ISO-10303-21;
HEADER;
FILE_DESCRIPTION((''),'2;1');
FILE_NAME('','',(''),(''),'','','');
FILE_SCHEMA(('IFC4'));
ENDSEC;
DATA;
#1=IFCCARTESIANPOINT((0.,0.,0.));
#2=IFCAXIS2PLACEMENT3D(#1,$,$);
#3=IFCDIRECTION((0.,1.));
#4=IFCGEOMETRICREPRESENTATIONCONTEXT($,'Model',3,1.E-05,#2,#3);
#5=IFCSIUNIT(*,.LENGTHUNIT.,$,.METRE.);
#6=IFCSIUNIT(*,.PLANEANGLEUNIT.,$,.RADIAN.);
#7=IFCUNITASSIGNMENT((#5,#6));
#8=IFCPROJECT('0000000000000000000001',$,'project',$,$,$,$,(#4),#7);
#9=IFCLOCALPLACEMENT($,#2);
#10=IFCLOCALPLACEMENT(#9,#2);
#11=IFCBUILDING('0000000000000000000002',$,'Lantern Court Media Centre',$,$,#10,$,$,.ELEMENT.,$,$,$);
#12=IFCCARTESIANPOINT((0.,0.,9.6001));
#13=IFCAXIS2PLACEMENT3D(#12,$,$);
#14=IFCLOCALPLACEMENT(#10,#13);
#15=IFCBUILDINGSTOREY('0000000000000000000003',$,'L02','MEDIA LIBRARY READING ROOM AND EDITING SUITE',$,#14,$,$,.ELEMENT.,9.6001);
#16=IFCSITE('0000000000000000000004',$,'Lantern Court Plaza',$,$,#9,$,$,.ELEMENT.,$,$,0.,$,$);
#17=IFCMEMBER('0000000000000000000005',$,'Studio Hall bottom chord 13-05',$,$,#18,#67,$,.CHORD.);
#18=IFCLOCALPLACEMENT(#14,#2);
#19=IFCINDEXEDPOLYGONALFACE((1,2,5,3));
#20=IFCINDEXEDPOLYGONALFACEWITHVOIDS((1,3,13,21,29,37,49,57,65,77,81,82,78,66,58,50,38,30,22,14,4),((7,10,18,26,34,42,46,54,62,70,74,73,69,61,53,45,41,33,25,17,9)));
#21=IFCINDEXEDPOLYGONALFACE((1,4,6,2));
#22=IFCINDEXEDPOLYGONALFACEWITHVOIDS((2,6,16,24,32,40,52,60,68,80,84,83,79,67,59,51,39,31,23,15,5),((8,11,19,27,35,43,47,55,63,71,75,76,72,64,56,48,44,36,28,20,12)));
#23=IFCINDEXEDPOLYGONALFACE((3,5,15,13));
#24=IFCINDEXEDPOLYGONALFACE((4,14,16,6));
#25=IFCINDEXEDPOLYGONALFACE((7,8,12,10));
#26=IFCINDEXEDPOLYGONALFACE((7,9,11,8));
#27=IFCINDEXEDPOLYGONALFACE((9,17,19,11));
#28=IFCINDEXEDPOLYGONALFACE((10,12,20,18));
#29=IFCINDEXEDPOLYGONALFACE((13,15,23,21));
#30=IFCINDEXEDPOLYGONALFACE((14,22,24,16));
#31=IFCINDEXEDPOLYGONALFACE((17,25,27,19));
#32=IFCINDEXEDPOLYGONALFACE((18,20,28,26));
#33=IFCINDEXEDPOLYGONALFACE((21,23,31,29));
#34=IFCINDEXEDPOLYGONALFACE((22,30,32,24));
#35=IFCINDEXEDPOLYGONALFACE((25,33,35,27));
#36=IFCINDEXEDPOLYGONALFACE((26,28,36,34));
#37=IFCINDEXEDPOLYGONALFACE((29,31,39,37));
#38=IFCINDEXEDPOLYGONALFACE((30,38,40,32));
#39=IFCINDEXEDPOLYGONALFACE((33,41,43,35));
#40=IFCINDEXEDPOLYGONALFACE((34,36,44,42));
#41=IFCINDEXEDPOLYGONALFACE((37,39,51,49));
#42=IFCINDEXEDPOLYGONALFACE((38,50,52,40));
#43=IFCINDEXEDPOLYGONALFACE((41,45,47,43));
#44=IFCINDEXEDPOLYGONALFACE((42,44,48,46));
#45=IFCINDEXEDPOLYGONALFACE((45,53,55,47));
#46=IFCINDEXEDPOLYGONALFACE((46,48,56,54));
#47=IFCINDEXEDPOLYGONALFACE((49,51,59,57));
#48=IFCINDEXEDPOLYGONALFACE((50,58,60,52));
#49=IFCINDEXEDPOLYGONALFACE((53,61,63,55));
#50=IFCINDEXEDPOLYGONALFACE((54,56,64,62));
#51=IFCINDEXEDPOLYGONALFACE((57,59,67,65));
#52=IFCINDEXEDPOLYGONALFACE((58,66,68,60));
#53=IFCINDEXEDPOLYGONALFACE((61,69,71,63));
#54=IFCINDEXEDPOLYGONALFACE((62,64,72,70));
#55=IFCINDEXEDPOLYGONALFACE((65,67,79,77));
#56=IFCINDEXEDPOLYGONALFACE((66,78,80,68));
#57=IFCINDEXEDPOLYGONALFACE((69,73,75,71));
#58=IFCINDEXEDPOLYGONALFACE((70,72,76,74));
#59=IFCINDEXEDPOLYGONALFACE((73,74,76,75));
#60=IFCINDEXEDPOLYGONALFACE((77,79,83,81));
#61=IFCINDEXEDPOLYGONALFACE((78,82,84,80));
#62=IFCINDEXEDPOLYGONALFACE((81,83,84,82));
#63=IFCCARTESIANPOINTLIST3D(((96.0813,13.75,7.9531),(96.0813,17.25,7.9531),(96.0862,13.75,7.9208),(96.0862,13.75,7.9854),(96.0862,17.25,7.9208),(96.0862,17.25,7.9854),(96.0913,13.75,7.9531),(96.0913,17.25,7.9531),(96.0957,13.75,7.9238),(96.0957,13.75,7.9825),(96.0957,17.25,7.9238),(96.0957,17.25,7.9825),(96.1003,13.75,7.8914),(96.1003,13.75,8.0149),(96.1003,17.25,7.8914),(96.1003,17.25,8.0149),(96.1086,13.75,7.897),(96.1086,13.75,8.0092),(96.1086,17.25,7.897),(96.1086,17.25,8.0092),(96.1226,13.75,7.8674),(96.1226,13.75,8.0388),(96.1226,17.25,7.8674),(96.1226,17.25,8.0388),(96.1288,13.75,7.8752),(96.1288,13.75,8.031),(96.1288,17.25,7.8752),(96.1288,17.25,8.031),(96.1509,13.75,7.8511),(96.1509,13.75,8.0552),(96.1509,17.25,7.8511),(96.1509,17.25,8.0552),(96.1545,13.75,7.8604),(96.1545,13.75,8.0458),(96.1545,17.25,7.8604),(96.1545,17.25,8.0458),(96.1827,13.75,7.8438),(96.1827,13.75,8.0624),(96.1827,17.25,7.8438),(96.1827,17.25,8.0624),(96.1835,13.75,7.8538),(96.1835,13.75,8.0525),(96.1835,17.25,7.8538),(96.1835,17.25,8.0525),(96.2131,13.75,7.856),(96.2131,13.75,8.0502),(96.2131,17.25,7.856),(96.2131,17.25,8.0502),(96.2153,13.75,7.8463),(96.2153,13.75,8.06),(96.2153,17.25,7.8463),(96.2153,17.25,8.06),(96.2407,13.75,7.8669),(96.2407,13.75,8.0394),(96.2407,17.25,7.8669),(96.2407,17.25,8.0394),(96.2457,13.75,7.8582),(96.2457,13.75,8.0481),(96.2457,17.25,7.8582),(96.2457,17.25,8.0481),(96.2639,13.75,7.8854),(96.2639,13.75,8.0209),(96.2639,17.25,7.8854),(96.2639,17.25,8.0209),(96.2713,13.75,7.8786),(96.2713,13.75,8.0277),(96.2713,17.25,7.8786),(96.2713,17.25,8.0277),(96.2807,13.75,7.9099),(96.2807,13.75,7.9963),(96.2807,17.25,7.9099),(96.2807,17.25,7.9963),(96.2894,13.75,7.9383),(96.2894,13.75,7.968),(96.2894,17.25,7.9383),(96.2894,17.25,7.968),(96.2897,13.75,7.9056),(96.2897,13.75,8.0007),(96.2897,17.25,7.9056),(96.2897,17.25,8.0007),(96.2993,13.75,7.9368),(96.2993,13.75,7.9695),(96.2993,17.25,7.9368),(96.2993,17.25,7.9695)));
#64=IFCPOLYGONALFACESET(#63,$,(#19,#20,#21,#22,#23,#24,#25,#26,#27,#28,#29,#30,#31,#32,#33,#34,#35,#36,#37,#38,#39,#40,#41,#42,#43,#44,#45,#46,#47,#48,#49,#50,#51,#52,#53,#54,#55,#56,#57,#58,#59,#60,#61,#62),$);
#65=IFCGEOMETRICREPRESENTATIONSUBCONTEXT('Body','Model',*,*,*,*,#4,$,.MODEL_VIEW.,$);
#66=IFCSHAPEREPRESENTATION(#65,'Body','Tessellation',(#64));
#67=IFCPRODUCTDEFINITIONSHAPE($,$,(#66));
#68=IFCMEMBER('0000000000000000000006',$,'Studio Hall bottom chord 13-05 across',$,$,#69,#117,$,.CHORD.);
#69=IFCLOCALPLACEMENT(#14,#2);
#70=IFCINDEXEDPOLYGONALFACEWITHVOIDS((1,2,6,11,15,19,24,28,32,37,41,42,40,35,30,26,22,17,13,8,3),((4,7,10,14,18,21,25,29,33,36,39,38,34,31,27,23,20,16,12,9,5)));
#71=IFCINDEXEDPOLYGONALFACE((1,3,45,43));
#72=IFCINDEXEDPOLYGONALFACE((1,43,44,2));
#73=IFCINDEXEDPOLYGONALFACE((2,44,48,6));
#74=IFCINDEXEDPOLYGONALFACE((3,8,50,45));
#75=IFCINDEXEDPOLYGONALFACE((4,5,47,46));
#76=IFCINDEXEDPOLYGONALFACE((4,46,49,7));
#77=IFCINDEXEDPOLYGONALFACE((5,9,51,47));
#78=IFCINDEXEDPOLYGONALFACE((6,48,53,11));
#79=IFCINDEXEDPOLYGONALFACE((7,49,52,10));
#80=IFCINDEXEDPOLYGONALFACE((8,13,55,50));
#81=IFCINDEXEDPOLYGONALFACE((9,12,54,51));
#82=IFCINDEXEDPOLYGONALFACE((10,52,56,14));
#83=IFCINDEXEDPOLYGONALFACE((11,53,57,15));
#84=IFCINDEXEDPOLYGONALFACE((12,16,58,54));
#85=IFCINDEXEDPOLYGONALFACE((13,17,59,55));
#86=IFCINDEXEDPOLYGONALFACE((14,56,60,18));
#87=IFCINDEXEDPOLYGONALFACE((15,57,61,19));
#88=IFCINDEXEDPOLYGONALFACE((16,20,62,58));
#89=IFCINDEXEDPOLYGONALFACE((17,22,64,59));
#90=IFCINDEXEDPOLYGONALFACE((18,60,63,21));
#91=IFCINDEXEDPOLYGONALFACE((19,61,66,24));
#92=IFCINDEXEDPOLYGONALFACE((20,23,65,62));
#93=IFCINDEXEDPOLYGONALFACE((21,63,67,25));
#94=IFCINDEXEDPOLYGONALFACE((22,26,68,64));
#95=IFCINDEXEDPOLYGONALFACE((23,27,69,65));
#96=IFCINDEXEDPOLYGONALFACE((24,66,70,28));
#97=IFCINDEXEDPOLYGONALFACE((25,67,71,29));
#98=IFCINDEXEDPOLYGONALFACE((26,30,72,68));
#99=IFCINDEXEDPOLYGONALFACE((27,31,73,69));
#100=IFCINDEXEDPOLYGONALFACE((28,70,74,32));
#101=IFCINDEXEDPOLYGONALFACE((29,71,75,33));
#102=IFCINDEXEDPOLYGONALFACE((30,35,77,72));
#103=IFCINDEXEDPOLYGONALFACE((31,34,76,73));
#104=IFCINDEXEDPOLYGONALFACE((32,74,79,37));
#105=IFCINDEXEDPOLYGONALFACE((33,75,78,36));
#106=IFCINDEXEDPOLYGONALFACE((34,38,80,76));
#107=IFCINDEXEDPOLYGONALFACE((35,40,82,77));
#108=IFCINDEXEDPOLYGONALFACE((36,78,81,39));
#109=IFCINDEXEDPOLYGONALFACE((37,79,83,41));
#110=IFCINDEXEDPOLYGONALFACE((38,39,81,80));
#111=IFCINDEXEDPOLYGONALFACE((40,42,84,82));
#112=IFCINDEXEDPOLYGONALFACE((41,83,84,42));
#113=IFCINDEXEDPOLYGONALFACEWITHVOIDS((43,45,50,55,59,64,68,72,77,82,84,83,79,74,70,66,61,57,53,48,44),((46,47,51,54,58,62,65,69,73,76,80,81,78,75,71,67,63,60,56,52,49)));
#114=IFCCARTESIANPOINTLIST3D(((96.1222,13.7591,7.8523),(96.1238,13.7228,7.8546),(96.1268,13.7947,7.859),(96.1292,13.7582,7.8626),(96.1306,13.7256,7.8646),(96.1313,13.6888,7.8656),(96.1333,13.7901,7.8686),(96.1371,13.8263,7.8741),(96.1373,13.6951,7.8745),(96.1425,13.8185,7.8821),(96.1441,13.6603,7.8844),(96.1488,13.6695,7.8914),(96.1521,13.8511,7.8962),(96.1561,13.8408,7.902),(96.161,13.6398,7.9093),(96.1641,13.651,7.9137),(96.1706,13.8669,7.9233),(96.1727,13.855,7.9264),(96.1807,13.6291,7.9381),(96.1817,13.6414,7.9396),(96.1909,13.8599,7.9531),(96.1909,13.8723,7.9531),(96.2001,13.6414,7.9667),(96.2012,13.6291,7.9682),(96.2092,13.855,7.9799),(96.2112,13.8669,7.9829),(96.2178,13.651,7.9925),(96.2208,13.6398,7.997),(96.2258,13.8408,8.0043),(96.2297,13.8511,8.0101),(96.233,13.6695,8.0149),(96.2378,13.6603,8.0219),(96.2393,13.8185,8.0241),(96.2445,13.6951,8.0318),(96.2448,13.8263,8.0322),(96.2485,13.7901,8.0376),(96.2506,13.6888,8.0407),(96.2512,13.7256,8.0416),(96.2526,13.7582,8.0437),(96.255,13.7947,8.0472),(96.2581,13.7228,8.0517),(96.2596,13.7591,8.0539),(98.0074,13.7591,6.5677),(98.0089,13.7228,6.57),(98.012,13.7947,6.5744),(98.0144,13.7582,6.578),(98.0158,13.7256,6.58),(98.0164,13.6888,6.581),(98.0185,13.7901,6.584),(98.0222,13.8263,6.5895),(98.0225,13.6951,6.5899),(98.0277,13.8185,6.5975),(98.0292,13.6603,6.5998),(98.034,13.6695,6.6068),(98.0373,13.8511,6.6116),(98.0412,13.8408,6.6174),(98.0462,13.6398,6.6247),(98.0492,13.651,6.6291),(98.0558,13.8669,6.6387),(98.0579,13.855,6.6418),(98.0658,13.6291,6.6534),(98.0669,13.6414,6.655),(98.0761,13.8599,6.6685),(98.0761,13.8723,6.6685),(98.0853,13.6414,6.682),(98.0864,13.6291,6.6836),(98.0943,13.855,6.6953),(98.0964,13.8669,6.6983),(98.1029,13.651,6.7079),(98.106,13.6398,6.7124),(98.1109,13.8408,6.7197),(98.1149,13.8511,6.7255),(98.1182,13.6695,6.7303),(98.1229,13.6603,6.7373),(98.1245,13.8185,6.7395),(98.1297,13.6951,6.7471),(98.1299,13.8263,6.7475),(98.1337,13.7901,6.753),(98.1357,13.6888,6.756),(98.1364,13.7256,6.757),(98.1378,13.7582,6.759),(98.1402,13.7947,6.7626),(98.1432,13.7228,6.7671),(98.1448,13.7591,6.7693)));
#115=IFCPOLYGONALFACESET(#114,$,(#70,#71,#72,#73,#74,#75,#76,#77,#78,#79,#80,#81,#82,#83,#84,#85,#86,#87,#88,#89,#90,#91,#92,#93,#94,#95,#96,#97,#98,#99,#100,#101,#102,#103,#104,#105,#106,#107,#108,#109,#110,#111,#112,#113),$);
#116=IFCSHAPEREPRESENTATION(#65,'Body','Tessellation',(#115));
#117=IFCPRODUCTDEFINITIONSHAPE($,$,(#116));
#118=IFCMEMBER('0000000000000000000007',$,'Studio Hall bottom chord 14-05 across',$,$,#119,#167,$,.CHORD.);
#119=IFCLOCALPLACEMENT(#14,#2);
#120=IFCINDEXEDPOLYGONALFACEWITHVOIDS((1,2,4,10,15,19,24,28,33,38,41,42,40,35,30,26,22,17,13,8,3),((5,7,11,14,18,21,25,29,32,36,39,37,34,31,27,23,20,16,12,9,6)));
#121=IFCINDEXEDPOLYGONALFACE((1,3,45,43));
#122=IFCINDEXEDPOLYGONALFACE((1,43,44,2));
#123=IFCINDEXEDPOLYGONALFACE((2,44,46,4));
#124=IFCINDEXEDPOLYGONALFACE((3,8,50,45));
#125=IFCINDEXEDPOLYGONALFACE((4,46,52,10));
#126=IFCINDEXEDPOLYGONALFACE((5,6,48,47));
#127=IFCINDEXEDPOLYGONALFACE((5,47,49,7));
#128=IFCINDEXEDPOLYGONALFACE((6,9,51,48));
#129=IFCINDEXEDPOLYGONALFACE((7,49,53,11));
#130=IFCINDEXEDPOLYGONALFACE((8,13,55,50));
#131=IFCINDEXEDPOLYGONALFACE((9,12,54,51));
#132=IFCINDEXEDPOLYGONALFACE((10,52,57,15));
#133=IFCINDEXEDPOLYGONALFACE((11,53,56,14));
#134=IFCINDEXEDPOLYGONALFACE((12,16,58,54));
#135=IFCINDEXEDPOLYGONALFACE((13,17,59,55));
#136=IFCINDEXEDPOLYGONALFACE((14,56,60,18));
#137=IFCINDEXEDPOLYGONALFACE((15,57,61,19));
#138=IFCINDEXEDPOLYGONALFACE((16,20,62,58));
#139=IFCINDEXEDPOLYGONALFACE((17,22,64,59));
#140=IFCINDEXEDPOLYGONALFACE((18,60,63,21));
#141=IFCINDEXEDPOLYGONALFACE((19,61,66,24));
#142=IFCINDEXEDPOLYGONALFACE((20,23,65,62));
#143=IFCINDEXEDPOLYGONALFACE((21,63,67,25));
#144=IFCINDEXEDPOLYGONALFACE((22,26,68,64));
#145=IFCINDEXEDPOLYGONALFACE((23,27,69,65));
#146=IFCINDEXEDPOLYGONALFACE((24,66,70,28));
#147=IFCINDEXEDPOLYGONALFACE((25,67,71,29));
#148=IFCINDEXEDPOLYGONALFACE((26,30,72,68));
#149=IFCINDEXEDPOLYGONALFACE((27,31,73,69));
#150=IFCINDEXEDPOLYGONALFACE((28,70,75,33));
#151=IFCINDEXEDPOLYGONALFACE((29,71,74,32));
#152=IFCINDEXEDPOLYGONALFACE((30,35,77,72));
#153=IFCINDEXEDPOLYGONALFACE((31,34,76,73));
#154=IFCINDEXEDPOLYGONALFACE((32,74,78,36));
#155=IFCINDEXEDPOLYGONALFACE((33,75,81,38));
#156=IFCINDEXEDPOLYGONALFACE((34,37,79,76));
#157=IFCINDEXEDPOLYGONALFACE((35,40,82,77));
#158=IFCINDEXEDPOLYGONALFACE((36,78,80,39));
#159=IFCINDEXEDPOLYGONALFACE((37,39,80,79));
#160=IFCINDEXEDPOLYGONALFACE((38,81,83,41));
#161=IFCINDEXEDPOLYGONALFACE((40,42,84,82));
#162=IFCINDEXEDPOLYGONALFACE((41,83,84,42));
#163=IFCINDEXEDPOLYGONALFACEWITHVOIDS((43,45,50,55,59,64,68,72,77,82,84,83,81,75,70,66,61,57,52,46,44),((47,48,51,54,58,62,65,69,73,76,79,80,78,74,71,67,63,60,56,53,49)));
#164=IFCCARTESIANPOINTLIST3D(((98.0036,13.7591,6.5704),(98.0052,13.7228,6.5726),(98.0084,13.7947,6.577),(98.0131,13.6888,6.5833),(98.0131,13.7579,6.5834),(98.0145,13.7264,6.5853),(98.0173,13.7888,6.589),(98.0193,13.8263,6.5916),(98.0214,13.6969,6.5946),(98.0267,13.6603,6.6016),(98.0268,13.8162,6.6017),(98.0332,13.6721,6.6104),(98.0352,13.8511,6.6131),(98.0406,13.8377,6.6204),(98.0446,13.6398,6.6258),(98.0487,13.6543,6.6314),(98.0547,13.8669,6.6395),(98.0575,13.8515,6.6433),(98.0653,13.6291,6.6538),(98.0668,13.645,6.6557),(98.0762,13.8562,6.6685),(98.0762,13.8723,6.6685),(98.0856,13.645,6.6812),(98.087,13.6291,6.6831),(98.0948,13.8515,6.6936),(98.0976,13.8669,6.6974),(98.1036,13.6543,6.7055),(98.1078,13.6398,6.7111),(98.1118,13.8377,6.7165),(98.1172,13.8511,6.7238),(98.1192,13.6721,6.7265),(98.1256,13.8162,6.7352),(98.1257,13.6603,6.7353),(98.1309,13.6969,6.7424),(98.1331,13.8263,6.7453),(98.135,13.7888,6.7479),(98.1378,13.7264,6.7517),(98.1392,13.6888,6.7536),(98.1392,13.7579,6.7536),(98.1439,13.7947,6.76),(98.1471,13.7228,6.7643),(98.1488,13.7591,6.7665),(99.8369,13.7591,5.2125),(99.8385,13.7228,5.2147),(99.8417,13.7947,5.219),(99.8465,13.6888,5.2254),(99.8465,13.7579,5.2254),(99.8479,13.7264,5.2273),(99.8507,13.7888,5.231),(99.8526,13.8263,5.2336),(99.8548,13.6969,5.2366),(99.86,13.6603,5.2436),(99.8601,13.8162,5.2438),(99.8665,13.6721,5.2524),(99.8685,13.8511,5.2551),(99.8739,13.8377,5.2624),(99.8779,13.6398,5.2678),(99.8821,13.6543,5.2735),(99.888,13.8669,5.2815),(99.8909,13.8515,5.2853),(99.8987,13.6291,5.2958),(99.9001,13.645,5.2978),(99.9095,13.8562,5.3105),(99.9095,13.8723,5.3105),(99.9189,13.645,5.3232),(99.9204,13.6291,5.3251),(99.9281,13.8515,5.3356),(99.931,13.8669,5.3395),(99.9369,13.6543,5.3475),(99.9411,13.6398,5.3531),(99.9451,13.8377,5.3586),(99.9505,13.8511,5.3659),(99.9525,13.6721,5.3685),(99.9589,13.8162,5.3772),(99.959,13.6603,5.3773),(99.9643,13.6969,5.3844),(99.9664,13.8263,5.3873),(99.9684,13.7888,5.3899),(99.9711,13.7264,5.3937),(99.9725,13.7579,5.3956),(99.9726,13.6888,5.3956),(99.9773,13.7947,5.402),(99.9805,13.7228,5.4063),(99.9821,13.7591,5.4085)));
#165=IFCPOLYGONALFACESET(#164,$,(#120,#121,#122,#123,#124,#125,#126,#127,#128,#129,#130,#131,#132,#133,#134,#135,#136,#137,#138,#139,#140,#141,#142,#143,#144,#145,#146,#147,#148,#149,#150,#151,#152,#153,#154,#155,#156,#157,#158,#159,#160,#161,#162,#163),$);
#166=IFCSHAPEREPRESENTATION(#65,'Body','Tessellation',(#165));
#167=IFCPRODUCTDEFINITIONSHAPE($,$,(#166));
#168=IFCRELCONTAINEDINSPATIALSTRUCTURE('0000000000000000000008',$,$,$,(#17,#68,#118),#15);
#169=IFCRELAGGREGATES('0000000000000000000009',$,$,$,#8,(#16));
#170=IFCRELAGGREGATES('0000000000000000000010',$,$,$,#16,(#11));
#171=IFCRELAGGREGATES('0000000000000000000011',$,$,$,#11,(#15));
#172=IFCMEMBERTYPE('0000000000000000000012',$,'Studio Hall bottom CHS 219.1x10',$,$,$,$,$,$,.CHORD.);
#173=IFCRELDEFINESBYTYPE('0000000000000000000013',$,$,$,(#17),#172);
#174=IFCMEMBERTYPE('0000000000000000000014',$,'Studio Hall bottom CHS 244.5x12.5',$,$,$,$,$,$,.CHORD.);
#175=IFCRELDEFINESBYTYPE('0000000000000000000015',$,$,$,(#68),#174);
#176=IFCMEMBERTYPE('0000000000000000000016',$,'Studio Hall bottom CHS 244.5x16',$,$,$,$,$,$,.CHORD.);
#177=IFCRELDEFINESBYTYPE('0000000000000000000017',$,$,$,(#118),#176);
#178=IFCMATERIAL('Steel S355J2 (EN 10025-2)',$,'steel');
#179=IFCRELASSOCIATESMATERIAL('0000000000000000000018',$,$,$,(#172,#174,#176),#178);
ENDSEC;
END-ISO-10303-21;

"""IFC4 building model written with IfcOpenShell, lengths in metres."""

from ifc_helpers import new_model, si_unit, direction, frame, origin, origin_2d, place, context, subcontext, project, spatial, hollow_circle, extrude, material, material_profile, profile_set, type_object, element, save


model = new_model("IFC4")

# Units and contexts
model_context = context("Model", 3, precision=1e-05, world=origin(), true_north=direction((0.0, 1.0)))
body_context = subcontext(model_context, "Body", "Model", "MODEL_VIEW")
ifc_project = project(units=[si_unit("LENGTHUNIT", "METRE"), si_unit("PLANEANGLEUNIT", "RADIAN")], contexts=[model_context])

# Site, building, storey
site_placement = place(None, origin())
site = spatial("IfcSite", under=ifc_project, at=site_placement, Name="Lantern Court Plaza", CompositionType="ELEMENT", RefElevation=0.0)
building_placement = place(site_placement, origin())
building = spatial("IfcBuilding", under=site, at=building_placement, Name="Lantern Court Media Centre", CompositionType="ELEMENT")
storey_placement = place(building_placement, frame((0.0, 0.0, 9.6001)))
storey = spatial("IfcBuildingStorey", under=building, at=storey_placement, Name="L02", Description="MEDIA LIBRARY READING ROOM AND EDITING SUITE", CompositionType="ELEMENT", Elevation=9.6001)

# Members
ifc_material = material(Name="Steel S355J2 (EN 10025-2)", Category="steel")
ifc_material_profile_1 = material_profile(ifc_material, hollow_circle(Radius=0.1096, WallThickness=0.01, at=origin_2d()), Name="Studio Hall bottom CHS 219.1x10")
ifc_profile_set_1 = profile_set([ifc_material_profile_1], Name="Steel S355J2 (EN 10025-2)")
member_type_1 = type_object("IfcMemberType", Name="Studio Hall bottom CHS 219.1x10", PredefinedType="CHORD", material=ifc_profile_set_1)
member_1_placement = place(storey_placement, frame((96.1909, 13.75, 7.9531), z_axis=(0.0, 1.0, 0.0), x_axis=(-1.0, 0.0, 0.0)))
element("IfcMember", 1, at=member_1_placement, inside=storey, type_object=member_type_1, Name="Studio Hall bottom chord 13-05", PredefinedType="CHORD", context=body_context, shape_type="SweptSolid", body=[
    extrude(hollow_circle(Radius=0.1096, WallThickness=0.01, at=origin_2d()), origin(), (0.0, 0.0, 1.0), 3.5),
])
ifc_material_profile_2 = material_profile(ifc_material, hollow_circle(Radius=0.1223, WallThickness=0.0125, at=origin_2d()), Name="Studio Hall bottom CHS 244.5x12.5")
ifc_profile_set_2 = profile_set([ifc_material_profile_2], Name="Steel S355J2 (EN 10025-2)")
member_type_2 = type_object("IfcMemberType", Name="Studio Hall bottom CHS 244.5x12.5", PredefinedType="CHORD", material=ifc_profile_set_2)
member_2_placement = place(storey_placement, frame((96.1909, 13.75, 7.9531), z_axis=(0.826377, 0.0, -0.563118), x_axis=(0.0, 1.0, 0.0)))
element("IfcMember", 2, at=member_2_placement, inside=storey, type_object=member_type_2, Name="Studio Hall bottom chord 13-05 across", PredefinedType="CHORD", context=body_context, shape_type="SweptSolid", body=[
    extrude(hollow_circle(Radius=0.1223, WallThickness=0.0125, at=origin_2d()), origin(), (0.0, 0.0, 1.0), 2.2812),
])
ifc_material_profile_3 = material_profile(ifc_material, hollow_circle(Radius=0.1223, WallThickness=0.0161, at=origin_2d()), Name="Studio Hall bottom CHS 244.5x16")
ifc_profile_set_3 = profile_set([ifc_material_profile_3], Name="Steel S355J2 (EN 10025-2)")
member_type_3 = type_object("IfcMemberType", Name="Studio Hall bottom CHS 244.5x16", PredefinedType="CHORD", material=ifc_profile_set_3)
member_3_placement = place(storey_placement, frame((98.0762, 13.75, 6.6685), z_axis=(0.803569, 0.0, -0.595212), x_axis=(0.0, 1.0, 0.0)))
element("IfcMember", 3, at=member_3_placement, inside=storey, type_object=member_type_3, Name="Studio Hall bottom chord 14-05 across", PredefinedType="CHORD", context=body_context, shape_type="SweptSolid", body=[
    extrude(hollow_circle(Radius=0.1223, WallThickness=0.0161, at=origin_2d()), origin(), (0.0, 0.0, 1.0), 2.2815),
])

save(model, "model.ifc")
